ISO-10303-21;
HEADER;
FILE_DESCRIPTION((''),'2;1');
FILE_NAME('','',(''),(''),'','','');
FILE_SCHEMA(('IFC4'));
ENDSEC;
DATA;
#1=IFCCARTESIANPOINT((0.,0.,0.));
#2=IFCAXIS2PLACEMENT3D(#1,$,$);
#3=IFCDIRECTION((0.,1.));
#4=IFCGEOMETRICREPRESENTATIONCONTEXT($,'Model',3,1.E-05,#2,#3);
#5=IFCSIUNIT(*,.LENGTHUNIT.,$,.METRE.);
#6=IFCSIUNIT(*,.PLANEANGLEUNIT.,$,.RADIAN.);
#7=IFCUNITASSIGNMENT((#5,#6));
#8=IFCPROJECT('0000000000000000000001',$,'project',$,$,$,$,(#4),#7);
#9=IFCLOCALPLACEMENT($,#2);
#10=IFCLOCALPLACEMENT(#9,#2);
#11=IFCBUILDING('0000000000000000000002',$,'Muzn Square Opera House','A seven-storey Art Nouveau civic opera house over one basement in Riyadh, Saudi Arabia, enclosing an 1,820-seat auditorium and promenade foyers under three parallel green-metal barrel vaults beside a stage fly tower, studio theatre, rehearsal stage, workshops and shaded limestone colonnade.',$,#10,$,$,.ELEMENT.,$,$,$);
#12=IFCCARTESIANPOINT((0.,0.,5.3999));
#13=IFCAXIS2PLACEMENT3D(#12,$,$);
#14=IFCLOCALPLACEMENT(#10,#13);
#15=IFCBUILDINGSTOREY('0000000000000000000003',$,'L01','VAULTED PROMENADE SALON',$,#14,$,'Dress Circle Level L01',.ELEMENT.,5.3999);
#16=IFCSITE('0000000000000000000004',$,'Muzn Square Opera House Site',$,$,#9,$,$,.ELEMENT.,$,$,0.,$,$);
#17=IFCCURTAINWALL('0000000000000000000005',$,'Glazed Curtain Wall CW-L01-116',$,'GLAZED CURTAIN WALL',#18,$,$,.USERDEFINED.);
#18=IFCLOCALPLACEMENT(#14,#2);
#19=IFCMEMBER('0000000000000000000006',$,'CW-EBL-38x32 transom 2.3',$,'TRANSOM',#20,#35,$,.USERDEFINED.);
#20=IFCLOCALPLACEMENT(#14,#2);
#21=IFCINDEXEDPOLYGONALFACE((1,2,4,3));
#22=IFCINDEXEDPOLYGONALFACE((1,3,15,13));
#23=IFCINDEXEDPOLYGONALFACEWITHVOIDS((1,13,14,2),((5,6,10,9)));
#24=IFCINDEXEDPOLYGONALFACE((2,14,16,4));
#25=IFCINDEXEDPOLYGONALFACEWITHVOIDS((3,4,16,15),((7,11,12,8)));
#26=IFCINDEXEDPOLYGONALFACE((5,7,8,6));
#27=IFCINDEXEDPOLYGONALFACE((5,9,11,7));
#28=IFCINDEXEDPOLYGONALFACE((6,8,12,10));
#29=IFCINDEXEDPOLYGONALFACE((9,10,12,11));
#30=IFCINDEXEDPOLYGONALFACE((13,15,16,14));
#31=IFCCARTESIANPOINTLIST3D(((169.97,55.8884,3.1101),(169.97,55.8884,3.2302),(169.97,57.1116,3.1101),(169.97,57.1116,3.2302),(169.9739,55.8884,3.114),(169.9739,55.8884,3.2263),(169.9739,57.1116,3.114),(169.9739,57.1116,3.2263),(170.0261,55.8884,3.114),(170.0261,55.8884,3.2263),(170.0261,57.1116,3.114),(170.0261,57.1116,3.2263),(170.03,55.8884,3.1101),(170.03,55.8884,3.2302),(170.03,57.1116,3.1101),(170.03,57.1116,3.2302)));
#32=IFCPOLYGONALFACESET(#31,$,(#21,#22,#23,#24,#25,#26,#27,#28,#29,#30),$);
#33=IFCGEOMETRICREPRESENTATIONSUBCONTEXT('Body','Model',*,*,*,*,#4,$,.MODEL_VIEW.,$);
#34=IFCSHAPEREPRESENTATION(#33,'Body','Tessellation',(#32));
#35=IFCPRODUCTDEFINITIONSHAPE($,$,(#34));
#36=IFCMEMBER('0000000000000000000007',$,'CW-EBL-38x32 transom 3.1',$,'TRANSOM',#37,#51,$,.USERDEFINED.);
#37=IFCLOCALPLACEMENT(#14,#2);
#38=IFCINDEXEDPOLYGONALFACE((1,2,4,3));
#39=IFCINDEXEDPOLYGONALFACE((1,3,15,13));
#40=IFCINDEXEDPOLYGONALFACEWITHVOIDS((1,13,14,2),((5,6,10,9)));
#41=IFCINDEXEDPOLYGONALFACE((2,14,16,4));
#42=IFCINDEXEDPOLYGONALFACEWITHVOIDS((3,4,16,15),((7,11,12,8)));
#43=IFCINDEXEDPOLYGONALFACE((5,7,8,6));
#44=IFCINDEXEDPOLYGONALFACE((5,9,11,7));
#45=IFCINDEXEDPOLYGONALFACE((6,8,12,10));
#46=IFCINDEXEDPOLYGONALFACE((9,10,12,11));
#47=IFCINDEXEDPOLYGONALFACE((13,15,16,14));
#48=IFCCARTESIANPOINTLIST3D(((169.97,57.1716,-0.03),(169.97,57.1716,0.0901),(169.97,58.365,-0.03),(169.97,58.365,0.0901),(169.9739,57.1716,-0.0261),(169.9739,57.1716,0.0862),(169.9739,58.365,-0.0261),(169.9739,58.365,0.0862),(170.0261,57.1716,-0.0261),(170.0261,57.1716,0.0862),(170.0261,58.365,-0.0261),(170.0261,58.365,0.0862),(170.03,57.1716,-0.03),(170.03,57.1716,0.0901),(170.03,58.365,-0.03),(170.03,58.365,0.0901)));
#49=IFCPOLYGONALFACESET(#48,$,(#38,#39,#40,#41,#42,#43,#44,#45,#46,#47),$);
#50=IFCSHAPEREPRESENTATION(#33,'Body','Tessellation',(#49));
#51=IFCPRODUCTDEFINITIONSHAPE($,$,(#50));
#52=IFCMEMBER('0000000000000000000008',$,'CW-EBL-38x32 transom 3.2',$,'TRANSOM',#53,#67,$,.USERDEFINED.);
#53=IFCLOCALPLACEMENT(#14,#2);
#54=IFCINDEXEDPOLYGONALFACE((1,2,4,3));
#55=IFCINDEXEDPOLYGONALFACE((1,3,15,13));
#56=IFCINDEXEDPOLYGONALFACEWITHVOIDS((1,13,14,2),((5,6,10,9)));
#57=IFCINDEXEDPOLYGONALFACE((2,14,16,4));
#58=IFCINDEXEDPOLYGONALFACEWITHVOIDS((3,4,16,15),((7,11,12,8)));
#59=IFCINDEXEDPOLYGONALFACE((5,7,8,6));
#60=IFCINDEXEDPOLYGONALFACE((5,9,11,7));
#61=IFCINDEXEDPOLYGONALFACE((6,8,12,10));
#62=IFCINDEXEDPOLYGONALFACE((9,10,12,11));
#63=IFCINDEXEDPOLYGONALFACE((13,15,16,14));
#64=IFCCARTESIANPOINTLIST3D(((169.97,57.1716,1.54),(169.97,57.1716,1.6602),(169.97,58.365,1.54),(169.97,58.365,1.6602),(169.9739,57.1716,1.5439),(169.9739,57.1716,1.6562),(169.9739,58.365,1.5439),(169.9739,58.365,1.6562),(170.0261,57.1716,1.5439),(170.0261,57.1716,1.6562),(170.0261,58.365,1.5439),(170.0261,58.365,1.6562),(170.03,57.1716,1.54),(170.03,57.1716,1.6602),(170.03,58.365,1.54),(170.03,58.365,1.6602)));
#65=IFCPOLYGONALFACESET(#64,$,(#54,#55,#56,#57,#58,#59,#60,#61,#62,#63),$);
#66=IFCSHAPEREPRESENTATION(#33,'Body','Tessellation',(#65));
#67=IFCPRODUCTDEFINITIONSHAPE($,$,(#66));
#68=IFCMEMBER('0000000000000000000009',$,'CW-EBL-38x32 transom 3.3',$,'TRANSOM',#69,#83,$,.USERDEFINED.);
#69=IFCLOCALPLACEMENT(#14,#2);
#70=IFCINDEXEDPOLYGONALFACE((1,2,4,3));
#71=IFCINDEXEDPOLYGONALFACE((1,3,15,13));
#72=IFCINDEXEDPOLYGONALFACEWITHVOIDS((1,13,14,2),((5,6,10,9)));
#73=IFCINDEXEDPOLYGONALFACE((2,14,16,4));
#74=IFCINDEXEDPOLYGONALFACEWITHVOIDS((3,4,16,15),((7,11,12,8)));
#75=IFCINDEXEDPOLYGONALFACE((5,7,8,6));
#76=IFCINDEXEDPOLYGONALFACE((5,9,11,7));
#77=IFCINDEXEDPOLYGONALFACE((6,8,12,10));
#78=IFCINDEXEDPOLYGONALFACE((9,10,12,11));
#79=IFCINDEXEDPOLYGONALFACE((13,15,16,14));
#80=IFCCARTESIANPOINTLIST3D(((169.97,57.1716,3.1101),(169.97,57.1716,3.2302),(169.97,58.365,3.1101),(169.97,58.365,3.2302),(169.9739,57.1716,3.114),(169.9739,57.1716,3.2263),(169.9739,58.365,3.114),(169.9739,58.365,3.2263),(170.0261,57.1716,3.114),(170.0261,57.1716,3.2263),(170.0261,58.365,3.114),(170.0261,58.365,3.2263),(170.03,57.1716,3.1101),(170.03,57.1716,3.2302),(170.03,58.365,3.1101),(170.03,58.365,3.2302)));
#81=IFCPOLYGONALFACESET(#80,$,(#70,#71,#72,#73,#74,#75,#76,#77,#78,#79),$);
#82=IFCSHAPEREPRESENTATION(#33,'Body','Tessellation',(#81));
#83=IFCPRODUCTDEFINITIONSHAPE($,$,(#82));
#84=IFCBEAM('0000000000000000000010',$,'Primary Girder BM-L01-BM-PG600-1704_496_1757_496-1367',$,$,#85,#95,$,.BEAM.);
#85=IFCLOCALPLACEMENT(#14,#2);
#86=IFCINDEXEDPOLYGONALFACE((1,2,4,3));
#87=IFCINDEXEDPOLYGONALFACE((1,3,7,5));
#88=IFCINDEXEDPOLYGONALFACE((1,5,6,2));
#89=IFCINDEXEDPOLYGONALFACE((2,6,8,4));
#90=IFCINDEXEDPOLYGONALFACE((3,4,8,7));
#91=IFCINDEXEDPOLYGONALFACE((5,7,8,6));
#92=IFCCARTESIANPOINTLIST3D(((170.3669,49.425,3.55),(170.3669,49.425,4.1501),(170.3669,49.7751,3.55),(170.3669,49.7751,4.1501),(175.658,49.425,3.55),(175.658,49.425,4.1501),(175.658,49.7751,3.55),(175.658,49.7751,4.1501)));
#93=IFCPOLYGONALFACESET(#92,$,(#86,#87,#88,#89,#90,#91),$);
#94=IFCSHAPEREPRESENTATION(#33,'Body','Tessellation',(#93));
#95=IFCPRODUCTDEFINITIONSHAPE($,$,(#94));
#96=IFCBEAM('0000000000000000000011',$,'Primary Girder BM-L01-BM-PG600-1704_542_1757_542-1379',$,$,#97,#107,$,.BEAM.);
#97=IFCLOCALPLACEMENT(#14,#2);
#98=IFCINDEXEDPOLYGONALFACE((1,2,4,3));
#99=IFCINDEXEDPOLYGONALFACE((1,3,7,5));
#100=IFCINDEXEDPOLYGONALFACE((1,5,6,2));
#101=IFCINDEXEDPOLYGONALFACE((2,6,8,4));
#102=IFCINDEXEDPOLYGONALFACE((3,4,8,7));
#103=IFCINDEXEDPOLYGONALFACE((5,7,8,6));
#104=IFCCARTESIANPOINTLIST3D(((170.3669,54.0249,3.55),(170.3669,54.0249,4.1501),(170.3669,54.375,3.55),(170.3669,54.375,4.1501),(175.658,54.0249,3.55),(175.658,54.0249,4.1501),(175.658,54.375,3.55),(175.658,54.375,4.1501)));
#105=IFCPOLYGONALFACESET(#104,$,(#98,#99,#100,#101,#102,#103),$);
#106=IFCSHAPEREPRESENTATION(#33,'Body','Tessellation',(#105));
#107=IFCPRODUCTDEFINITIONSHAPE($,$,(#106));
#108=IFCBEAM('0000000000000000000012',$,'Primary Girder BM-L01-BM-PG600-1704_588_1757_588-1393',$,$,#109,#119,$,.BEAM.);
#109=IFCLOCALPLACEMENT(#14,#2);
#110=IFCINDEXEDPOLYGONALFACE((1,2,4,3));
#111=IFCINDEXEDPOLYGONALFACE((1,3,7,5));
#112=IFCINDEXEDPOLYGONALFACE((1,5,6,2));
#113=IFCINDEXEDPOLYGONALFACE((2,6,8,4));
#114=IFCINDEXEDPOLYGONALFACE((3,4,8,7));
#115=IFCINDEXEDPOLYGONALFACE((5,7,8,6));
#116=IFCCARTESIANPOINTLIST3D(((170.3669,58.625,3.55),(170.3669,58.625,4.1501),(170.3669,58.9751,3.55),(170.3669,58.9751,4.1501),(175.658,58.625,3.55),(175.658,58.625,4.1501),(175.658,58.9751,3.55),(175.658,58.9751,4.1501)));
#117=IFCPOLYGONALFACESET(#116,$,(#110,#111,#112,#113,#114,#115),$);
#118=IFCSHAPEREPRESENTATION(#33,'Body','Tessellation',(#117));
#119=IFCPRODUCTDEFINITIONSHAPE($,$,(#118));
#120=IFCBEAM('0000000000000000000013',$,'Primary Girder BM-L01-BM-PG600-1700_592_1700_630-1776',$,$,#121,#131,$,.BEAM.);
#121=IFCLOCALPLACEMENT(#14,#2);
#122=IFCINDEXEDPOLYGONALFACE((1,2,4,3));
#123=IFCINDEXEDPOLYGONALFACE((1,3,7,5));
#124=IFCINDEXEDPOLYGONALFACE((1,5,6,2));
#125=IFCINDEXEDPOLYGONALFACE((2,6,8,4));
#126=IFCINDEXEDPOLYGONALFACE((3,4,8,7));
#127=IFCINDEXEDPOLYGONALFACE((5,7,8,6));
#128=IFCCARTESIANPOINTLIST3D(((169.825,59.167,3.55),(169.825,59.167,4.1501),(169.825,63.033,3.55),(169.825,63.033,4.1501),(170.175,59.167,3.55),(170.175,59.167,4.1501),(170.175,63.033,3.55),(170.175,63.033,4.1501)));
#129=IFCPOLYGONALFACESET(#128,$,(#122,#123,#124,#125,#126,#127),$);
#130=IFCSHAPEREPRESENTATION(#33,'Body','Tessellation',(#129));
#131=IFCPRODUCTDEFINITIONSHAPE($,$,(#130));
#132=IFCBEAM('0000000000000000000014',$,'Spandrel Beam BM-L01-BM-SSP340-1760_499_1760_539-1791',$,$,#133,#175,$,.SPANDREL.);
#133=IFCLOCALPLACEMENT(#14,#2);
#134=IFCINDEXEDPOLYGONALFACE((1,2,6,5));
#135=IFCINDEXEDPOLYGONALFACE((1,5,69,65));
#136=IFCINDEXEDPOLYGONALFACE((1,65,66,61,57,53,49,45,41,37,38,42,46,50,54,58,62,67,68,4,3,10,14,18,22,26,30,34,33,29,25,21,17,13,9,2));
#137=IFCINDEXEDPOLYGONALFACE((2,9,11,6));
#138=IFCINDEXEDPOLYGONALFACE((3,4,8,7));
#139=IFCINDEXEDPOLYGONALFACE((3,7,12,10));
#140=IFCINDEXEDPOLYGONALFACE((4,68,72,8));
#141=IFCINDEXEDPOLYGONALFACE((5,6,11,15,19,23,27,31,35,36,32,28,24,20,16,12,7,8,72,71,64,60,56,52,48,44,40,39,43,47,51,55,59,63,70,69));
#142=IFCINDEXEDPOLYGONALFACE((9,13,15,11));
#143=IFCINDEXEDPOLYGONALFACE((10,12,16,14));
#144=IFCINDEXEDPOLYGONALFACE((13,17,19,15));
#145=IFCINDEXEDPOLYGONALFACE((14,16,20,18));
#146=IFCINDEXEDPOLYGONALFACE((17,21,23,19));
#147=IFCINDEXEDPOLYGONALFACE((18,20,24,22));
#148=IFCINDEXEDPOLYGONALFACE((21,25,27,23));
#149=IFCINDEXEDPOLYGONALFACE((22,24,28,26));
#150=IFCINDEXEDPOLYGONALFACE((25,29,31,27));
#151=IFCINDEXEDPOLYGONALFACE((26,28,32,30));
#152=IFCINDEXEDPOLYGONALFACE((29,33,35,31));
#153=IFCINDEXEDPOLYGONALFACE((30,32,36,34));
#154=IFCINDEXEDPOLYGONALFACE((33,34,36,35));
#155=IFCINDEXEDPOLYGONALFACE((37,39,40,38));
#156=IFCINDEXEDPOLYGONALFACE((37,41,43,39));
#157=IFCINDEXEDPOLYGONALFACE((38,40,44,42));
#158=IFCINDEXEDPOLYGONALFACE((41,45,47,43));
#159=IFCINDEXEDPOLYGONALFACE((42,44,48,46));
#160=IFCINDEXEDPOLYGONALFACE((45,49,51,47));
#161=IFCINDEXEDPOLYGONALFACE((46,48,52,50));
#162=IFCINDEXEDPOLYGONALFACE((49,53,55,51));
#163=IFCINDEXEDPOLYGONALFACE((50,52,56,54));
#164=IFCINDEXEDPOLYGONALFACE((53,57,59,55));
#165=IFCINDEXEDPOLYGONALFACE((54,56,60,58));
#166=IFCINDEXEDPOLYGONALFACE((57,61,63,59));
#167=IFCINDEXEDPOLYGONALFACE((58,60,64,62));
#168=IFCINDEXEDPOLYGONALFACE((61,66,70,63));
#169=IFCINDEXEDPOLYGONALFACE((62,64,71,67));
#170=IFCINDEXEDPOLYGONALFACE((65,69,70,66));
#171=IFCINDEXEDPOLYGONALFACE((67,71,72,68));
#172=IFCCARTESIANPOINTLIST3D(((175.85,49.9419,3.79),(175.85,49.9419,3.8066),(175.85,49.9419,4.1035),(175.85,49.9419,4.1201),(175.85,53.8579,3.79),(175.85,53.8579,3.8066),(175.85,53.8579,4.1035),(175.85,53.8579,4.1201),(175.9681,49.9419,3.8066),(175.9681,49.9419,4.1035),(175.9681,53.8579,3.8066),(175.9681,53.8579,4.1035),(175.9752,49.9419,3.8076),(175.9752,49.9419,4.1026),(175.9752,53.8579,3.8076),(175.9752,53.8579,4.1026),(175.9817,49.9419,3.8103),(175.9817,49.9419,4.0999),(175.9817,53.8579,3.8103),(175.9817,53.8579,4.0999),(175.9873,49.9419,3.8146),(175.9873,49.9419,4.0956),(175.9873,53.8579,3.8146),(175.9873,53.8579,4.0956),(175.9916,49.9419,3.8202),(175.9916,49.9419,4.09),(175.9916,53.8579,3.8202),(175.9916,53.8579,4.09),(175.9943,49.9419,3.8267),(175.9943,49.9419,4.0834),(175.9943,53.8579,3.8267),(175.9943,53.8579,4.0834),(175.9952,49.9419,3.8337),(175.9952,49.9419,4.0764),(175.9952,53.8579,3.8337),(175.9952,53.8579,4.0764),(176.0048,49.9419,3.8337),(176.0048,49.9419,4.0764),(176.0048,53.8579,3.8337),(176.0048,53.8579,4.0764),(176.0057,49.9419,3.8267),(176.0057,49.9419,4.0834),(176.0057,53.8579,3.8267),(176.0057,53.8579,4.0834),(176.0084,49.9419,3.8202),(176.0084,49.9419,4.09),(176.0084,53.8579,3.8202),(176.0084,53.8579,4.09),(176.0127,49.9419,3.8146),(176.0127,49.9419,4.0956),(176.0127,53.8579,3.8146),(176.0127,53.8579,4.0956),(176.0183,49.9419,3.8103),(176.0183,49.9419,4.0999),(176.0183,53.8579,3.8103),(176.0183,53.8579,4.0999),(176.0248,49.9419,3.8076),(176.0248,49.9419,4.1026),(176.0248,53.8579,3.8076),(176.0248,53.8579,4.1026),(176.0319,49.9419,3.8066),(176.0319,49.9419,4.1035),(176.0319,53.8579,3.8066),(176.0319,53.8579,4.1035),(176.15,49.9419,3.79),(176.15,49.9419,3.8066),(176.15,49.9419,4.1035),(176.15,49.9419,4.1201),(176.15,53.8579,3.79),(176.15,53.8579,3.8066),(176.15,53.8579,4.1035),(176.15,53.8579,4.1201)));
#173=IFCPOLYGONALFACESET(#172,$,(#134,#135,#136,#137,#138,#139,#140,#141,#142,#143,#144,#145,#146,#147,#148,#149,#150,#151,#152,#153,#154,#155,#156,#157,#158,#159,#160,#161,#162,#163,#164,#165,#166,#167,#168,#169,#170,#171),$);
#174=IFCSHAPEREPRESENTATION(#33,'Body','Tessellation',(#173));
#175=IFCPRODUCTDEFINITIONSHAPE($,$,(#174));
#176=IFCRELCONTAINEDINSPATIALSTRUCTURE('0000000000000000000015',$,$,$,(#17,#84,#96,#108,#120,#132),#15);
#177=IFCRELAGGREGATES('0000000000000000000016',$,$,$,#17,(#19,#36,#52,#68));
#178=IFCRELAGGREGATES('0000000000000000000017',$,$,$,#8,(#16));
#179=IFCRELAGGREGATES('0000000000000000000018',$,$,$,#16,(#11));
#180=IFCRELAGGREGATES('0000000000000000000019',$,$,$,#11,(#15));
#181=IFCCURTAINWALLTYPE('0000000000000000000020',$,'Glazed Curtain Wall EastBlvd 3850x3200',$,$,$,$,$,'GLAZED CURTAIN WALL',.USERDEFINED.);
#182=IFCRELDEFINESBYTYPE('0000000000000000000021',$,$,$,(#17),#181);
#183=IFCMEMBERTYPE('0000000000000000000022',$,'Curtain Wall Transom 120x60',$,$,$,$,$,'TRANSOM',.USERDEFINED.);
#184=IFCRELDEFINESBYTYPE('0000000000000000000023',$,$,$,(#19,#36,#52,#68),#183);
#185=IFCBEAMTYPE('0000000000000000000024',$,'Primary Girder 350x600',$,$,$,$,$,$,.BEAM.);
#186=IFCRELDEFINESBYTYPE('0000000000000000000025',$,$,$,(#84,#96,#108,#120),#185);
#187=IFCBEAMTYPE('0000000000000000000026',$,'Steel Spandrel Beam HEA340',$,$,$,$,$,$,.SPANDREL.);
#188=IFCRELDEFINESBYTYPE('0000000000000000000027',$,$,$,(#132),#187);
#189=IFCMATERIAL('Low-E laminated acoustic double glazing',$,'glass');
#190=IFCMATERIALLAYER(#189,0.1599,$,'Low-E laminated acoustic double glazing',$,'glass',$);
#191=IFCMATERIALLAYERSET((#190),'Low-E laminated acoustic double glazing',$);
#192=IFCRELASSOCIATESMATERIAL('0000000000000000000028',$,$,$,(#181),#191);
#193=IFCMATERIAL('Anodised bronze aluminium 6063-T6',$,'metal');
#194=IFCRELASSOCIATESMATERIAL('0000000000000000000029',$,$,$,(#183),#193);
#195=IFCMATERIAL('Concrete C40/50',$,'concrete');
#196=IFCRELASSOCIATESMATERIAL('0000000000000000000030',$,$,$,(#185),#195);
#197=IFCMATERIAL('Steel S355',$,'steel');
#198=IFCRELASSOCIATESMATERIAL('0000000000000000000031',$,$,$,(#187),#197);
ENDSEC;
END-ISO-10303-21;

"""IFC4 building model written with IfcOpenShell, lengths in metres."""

from ifc_helpers import new_model, si_unit, direction, frame, origin, origin_2d, place, context, subcontext, project, spatial, rectangle, hollow_rectangle, i_section, extrude, material, layer, layer_set, material_profile, profile_set, type_object, element, aggregate, save


model = new_model("IFC4")

# Units and contexts
model_context = context("Model", 3, precision=1e-05, world=origin(), true_north=direction((0.0, 1.0)))
body_context = subcontext(model_context, "Body", "Model", "MODEL_VIEW")
ifc_project = project(units=[si_unit("LENGTHUNIT", "METRE"), si_unit("PLANEANGLEUNIT", "RADIAN")], contexts=[model_context])

# Site, building, storey
site_placement = place(None, origin())
site = spatial("IfcSite", under=ifc_project, at=site_placement, Name="Muzn Square Opera House Site", CompositionType="ELEMENT", RefElevation=0.0)
building_placement = place(site_placement, origin())
building = spatial("IfcBuilding", under=site, at=building_placement, Name="Muzn Square Opera House", Description="A seven-storey Art Nouveau civic opera house over one basement in Riyadh, Saudi Arabia, enclosing an 1,820-seat auditorium and promenade foyers under three parallel green-metal barrel vaults beside a stage fly tower, studio theatre, rehearsal stage, workshops and shaded limestone colonnade.", CompositionType="ELEMENT")
storey_placement = place(building_placement, frame((0.0, 0.0, 5.3999)))
storey = spatial("IfcBuildingStorey", under=building, at=storey_placement, Name="L01", Description="VAULTED PROMENADE SALON", LongName="Dress Circle Level L01", CompositionType="ELEMENT", Elevation=5.3999)

# Curtain wall
ifc_material_1 = material(Name="Low-E laminated acoustic double glazing", Category="glass")
ifc_layer_1 = layer(ifc_material_1, 0.1599, Name="Low-E laminated acoustic double glazing", Category="glass")
ifc_layer_set_1 = layer_set([ifc_layer_1], Name="Low-E laminated acoustic double glazing")
curtain_wall_type = type_object("IfcCurtainWallType", Name="Glazed Curtain Wall EastBlvd 3850x3200", ElementType="GLAZED CURTAIN WALL", PredefinedType="USERDEFINED", material=ifc_layer_set_1)
curtain_wall_1_placement = place(storey_placement, origin())
curtain_wall_1 = element("IfcCurtainWall", 1, at=curtain_wall_1_placement, inside=storey, type_object=curtain_wall_type, Name="Glazed Curtain Wall CW-L01-116", ObjectType="GLAZED CURTAIN WALL", PredefinedType="USERDEFINED")
ifc_material_2 = material(Name="Anodised bronze aluminium 6063-T6", Category="metal")

# Members
ifc_material_profile_1 = material_profile(ifc_material_2, hollow_rectangle(XDim=0.0601, YDim=0.1201, WallThickness=0.0039, at=origin_2d()), Name="ALU 120x60x4", Category="metal")
ifc_profile_set_1 = profile_set([ifc_material_profile_1], Name="Anodised bronze aluminium 6063-T6")
member_type_1 = type_object("IfcMemberType", Name="Curtain Wall Transom 120x60", ElementType="TRANSOM", PredefinedType="USERDEFINED", material=ifc_profile_set_1)
member_1_placement = place(storey_placement, frame((170.0, 55.8884, 3.1702), z_axis=(0.0, 1.0, 0.0), x_axis=(-1.0, 0.0, 0.0)))
member_1 = element("IfcMember", 2, at=member_1_placement, type_object=member_type_1, Name="CW-EBL-38x32 transom 2.3", ObjectType="TRANSOM", PredefinedType="USERDEFINED", context=body_context, shape_type="SweptSolid", body=[
    extrude(hollow_rectangle(XDim=0.0601, YDim=0.1201, WallThickness=0.0039, at=origin_2d()), origin(), (0.0, 0.0, 1.0), 1.2231),
])
member_2_placement = place(storey_placement, frame((170.0, 57.1716, 0.03), z_axis=(0.0, 1.0, 0.0), x_axis=(-1.0, 0.0, 0.0)))
member_2 = element("IfcMember", 3, at=member_2_placement, type_object=member_type_1, Name="CW-EBL-38x32 transom 3.1", ObjectType="TRANSOM", PredefinedType="USERDEFINED", context=body_context, shape_type="SweptSolid", body=[
    extrude(hollow_rectangle(XDim=0.0601, YDim=0.1201, WallThickness=0.0039, at=origin_2d()), origin(), (0.0, 0.0, 1.0), 1.1934),
])
member_3_placement = place(storey_placement, frame((170.0, 57.1716, 1.6001), z_axis=(0.0, 1.0, 0.0), x_axis=(-1.0, 0.0, 0.0)))
member_3 = element("IfcMember", 4, at=member_3_placement, type_object=member_type_1, Name="CW-EBL-38x32 transom 3.2", ObjectType="TRANSOM", PredefinedType="USERDEFINED", context=body_context, shape_type="SweptSolid", body=[
    extrude(hollow_rectangle(XDim=0.0601, YDim=0.1201, WallThickness=0.0039, at=origin_2d()), origin(), (0.0, 0.0, 1.0), 1.1934),
])
member_4_placement = place(storey_placement, frame((170.0, 57.1716, 3.1702), z_axis=(0.0, 1.0, 0.0), x_axis=(-1.0, 0.0, 0.0)))
member_4 = element("IfcMember", 5, at=member_4_placement, type_object=member_type_1, Name="CW-EBL-38x32 transom 3.3", ObjectType="TRANSOM", PredefinedType="USERDEFINED", context=body_context, shape_type="SweptSolid", body=[
    extrude(hollow_rectangle(XDim=0.0601, YDim=0.1201, WallThickness=0.0039, at=origin_2d()), origin(), (0.0, 0.0, 1.0), 1.1934),
])

# Beams
ifc_material_3 = material(Name="Concrete C40/50", Category="concrete")
ifc_material_profile_2 = material_profile(ifc_material_3, rectangle(XDim=0.3501, YDim=0.6001, at=origin_2d()), Name="RCB 350x600", Category="concrete")
ifc_profile_set_2 = profile_set([ifc_material_profile_2], Name="Concrete C40/50")
beam_type_1 = type_object("IfcBeamType", Name="Primary Girder 350x600", PredefinedType="BEAM", material=ifc_profile_set_2)
for number, where, z_axis, x_axis, name in (
    (6, (170.3669, 49.6001, 3.8501), (1.0, 0.0, 0.0), (0.0, 1.0, 0.0), "Primary Girder BM-L01-BM-PG600-1704_496_1757_496-1367"),
    (7, (170.3669, 54.2, 3.8501), (1.0, 0.0, 0.0), (0.0, 1.0, 0.0), "Primary Girder BM-L01-BM-PG600-1704_542_1757_542-1379"),
    (8, (170.3669, 58.8, 3.8501), (1.0, 0.0, 0.0), (0.0, 1.0, 0.0), "Primary Girder BM-L01-BM-PG600-1704_588_1757_588-1393"),
):
    element("IfcBeam", number, at=place(storey_placement, frame(where, z_axis=z_axis, x_axis=x_axis)), inside=storey, type_object=beam_type_1, Name=name, PredefinedType="BEAM", context=body_context, shape_type="SweptSolid", body=[
        extrude(rectangle(XDim=0.3501, YDim=0.6001, at=origin_2d()), origin(), (0.0, 0.0, 1.0), 5.291),
    ])
beam_placement = place(storey_placement, frame((170.0, 59.167, 3.8501), z_axis=(0.0, 1.0, 0.0), x_axis=(-1.0, 0.0, 0.0)))
element("IfcBeam", 9, at=beam_placement, inside=storey, type_object=beam_type_1, Name="Primary Girder BM-L01-BM-PG600-1700_592_1700_630-1776", PredefinedType="BEAM", context=body_context, shape_type="SweptSolid", body=[
    extrude(rectangle(XDim=0.3501, YDim=0.6001, at=origin_2d()), origin(), (0.0, 0.0, 1.0), 3.866),
])
ifc_material_4 = material(Name="Steel S355", Category="steel")
ifc_material_profile_3 = material_profile(ifc_material_4, i_section(OverallWidth=0.3, OverallDepth=0.3301, WebThickness=0.0095, FlangeThickness=0.0166, FilletRadius=0.0271, at=origin_2d()), Name="HEA 340", Category="steel")
ifc_profile_set_3 = profile_set([ifc_material_profile_3], Name="Steel S355")
beam_type_2 = type_object("IfcBeamType", Name="Steel Spandrel Beam HEA340", PredefinedType="SPANDREL", material=ifc_profile_set_3)
for number, where, z_axis, x_axis, name in (
    (10, (176.0, 49.9419, 3.9551), (0.0, 1.0, 0.0), (-1.0, 0.0, 0.0), "Spandrel Beam BM-L01-BM-SSP340-1760_499_1760_539-1791"),
):
    element("IfcBeam", number, at=place(storey_placement, frame(where, z_axis=z_axis, x_axis=x_axis)), inside=storey, type_object=beam_type_2, Name=name, PredefinedType="SPANDREL", context=body_context, shape_type="SweptSolid", body=[
        extrude(i_section(OverallWidth=0.3, OverallDepth=0.3301, WebThickness=0.0095, FlangeThickness=0.0166, FilletRadius=0.0271, at=origin_2d()), origin(), (0.0, 0.0, 1.0), 3.916),
    ])

aggregate(curtain_wall_1, [member_1, member_2, member_3, member_4])

save(model, "model.ifc")
